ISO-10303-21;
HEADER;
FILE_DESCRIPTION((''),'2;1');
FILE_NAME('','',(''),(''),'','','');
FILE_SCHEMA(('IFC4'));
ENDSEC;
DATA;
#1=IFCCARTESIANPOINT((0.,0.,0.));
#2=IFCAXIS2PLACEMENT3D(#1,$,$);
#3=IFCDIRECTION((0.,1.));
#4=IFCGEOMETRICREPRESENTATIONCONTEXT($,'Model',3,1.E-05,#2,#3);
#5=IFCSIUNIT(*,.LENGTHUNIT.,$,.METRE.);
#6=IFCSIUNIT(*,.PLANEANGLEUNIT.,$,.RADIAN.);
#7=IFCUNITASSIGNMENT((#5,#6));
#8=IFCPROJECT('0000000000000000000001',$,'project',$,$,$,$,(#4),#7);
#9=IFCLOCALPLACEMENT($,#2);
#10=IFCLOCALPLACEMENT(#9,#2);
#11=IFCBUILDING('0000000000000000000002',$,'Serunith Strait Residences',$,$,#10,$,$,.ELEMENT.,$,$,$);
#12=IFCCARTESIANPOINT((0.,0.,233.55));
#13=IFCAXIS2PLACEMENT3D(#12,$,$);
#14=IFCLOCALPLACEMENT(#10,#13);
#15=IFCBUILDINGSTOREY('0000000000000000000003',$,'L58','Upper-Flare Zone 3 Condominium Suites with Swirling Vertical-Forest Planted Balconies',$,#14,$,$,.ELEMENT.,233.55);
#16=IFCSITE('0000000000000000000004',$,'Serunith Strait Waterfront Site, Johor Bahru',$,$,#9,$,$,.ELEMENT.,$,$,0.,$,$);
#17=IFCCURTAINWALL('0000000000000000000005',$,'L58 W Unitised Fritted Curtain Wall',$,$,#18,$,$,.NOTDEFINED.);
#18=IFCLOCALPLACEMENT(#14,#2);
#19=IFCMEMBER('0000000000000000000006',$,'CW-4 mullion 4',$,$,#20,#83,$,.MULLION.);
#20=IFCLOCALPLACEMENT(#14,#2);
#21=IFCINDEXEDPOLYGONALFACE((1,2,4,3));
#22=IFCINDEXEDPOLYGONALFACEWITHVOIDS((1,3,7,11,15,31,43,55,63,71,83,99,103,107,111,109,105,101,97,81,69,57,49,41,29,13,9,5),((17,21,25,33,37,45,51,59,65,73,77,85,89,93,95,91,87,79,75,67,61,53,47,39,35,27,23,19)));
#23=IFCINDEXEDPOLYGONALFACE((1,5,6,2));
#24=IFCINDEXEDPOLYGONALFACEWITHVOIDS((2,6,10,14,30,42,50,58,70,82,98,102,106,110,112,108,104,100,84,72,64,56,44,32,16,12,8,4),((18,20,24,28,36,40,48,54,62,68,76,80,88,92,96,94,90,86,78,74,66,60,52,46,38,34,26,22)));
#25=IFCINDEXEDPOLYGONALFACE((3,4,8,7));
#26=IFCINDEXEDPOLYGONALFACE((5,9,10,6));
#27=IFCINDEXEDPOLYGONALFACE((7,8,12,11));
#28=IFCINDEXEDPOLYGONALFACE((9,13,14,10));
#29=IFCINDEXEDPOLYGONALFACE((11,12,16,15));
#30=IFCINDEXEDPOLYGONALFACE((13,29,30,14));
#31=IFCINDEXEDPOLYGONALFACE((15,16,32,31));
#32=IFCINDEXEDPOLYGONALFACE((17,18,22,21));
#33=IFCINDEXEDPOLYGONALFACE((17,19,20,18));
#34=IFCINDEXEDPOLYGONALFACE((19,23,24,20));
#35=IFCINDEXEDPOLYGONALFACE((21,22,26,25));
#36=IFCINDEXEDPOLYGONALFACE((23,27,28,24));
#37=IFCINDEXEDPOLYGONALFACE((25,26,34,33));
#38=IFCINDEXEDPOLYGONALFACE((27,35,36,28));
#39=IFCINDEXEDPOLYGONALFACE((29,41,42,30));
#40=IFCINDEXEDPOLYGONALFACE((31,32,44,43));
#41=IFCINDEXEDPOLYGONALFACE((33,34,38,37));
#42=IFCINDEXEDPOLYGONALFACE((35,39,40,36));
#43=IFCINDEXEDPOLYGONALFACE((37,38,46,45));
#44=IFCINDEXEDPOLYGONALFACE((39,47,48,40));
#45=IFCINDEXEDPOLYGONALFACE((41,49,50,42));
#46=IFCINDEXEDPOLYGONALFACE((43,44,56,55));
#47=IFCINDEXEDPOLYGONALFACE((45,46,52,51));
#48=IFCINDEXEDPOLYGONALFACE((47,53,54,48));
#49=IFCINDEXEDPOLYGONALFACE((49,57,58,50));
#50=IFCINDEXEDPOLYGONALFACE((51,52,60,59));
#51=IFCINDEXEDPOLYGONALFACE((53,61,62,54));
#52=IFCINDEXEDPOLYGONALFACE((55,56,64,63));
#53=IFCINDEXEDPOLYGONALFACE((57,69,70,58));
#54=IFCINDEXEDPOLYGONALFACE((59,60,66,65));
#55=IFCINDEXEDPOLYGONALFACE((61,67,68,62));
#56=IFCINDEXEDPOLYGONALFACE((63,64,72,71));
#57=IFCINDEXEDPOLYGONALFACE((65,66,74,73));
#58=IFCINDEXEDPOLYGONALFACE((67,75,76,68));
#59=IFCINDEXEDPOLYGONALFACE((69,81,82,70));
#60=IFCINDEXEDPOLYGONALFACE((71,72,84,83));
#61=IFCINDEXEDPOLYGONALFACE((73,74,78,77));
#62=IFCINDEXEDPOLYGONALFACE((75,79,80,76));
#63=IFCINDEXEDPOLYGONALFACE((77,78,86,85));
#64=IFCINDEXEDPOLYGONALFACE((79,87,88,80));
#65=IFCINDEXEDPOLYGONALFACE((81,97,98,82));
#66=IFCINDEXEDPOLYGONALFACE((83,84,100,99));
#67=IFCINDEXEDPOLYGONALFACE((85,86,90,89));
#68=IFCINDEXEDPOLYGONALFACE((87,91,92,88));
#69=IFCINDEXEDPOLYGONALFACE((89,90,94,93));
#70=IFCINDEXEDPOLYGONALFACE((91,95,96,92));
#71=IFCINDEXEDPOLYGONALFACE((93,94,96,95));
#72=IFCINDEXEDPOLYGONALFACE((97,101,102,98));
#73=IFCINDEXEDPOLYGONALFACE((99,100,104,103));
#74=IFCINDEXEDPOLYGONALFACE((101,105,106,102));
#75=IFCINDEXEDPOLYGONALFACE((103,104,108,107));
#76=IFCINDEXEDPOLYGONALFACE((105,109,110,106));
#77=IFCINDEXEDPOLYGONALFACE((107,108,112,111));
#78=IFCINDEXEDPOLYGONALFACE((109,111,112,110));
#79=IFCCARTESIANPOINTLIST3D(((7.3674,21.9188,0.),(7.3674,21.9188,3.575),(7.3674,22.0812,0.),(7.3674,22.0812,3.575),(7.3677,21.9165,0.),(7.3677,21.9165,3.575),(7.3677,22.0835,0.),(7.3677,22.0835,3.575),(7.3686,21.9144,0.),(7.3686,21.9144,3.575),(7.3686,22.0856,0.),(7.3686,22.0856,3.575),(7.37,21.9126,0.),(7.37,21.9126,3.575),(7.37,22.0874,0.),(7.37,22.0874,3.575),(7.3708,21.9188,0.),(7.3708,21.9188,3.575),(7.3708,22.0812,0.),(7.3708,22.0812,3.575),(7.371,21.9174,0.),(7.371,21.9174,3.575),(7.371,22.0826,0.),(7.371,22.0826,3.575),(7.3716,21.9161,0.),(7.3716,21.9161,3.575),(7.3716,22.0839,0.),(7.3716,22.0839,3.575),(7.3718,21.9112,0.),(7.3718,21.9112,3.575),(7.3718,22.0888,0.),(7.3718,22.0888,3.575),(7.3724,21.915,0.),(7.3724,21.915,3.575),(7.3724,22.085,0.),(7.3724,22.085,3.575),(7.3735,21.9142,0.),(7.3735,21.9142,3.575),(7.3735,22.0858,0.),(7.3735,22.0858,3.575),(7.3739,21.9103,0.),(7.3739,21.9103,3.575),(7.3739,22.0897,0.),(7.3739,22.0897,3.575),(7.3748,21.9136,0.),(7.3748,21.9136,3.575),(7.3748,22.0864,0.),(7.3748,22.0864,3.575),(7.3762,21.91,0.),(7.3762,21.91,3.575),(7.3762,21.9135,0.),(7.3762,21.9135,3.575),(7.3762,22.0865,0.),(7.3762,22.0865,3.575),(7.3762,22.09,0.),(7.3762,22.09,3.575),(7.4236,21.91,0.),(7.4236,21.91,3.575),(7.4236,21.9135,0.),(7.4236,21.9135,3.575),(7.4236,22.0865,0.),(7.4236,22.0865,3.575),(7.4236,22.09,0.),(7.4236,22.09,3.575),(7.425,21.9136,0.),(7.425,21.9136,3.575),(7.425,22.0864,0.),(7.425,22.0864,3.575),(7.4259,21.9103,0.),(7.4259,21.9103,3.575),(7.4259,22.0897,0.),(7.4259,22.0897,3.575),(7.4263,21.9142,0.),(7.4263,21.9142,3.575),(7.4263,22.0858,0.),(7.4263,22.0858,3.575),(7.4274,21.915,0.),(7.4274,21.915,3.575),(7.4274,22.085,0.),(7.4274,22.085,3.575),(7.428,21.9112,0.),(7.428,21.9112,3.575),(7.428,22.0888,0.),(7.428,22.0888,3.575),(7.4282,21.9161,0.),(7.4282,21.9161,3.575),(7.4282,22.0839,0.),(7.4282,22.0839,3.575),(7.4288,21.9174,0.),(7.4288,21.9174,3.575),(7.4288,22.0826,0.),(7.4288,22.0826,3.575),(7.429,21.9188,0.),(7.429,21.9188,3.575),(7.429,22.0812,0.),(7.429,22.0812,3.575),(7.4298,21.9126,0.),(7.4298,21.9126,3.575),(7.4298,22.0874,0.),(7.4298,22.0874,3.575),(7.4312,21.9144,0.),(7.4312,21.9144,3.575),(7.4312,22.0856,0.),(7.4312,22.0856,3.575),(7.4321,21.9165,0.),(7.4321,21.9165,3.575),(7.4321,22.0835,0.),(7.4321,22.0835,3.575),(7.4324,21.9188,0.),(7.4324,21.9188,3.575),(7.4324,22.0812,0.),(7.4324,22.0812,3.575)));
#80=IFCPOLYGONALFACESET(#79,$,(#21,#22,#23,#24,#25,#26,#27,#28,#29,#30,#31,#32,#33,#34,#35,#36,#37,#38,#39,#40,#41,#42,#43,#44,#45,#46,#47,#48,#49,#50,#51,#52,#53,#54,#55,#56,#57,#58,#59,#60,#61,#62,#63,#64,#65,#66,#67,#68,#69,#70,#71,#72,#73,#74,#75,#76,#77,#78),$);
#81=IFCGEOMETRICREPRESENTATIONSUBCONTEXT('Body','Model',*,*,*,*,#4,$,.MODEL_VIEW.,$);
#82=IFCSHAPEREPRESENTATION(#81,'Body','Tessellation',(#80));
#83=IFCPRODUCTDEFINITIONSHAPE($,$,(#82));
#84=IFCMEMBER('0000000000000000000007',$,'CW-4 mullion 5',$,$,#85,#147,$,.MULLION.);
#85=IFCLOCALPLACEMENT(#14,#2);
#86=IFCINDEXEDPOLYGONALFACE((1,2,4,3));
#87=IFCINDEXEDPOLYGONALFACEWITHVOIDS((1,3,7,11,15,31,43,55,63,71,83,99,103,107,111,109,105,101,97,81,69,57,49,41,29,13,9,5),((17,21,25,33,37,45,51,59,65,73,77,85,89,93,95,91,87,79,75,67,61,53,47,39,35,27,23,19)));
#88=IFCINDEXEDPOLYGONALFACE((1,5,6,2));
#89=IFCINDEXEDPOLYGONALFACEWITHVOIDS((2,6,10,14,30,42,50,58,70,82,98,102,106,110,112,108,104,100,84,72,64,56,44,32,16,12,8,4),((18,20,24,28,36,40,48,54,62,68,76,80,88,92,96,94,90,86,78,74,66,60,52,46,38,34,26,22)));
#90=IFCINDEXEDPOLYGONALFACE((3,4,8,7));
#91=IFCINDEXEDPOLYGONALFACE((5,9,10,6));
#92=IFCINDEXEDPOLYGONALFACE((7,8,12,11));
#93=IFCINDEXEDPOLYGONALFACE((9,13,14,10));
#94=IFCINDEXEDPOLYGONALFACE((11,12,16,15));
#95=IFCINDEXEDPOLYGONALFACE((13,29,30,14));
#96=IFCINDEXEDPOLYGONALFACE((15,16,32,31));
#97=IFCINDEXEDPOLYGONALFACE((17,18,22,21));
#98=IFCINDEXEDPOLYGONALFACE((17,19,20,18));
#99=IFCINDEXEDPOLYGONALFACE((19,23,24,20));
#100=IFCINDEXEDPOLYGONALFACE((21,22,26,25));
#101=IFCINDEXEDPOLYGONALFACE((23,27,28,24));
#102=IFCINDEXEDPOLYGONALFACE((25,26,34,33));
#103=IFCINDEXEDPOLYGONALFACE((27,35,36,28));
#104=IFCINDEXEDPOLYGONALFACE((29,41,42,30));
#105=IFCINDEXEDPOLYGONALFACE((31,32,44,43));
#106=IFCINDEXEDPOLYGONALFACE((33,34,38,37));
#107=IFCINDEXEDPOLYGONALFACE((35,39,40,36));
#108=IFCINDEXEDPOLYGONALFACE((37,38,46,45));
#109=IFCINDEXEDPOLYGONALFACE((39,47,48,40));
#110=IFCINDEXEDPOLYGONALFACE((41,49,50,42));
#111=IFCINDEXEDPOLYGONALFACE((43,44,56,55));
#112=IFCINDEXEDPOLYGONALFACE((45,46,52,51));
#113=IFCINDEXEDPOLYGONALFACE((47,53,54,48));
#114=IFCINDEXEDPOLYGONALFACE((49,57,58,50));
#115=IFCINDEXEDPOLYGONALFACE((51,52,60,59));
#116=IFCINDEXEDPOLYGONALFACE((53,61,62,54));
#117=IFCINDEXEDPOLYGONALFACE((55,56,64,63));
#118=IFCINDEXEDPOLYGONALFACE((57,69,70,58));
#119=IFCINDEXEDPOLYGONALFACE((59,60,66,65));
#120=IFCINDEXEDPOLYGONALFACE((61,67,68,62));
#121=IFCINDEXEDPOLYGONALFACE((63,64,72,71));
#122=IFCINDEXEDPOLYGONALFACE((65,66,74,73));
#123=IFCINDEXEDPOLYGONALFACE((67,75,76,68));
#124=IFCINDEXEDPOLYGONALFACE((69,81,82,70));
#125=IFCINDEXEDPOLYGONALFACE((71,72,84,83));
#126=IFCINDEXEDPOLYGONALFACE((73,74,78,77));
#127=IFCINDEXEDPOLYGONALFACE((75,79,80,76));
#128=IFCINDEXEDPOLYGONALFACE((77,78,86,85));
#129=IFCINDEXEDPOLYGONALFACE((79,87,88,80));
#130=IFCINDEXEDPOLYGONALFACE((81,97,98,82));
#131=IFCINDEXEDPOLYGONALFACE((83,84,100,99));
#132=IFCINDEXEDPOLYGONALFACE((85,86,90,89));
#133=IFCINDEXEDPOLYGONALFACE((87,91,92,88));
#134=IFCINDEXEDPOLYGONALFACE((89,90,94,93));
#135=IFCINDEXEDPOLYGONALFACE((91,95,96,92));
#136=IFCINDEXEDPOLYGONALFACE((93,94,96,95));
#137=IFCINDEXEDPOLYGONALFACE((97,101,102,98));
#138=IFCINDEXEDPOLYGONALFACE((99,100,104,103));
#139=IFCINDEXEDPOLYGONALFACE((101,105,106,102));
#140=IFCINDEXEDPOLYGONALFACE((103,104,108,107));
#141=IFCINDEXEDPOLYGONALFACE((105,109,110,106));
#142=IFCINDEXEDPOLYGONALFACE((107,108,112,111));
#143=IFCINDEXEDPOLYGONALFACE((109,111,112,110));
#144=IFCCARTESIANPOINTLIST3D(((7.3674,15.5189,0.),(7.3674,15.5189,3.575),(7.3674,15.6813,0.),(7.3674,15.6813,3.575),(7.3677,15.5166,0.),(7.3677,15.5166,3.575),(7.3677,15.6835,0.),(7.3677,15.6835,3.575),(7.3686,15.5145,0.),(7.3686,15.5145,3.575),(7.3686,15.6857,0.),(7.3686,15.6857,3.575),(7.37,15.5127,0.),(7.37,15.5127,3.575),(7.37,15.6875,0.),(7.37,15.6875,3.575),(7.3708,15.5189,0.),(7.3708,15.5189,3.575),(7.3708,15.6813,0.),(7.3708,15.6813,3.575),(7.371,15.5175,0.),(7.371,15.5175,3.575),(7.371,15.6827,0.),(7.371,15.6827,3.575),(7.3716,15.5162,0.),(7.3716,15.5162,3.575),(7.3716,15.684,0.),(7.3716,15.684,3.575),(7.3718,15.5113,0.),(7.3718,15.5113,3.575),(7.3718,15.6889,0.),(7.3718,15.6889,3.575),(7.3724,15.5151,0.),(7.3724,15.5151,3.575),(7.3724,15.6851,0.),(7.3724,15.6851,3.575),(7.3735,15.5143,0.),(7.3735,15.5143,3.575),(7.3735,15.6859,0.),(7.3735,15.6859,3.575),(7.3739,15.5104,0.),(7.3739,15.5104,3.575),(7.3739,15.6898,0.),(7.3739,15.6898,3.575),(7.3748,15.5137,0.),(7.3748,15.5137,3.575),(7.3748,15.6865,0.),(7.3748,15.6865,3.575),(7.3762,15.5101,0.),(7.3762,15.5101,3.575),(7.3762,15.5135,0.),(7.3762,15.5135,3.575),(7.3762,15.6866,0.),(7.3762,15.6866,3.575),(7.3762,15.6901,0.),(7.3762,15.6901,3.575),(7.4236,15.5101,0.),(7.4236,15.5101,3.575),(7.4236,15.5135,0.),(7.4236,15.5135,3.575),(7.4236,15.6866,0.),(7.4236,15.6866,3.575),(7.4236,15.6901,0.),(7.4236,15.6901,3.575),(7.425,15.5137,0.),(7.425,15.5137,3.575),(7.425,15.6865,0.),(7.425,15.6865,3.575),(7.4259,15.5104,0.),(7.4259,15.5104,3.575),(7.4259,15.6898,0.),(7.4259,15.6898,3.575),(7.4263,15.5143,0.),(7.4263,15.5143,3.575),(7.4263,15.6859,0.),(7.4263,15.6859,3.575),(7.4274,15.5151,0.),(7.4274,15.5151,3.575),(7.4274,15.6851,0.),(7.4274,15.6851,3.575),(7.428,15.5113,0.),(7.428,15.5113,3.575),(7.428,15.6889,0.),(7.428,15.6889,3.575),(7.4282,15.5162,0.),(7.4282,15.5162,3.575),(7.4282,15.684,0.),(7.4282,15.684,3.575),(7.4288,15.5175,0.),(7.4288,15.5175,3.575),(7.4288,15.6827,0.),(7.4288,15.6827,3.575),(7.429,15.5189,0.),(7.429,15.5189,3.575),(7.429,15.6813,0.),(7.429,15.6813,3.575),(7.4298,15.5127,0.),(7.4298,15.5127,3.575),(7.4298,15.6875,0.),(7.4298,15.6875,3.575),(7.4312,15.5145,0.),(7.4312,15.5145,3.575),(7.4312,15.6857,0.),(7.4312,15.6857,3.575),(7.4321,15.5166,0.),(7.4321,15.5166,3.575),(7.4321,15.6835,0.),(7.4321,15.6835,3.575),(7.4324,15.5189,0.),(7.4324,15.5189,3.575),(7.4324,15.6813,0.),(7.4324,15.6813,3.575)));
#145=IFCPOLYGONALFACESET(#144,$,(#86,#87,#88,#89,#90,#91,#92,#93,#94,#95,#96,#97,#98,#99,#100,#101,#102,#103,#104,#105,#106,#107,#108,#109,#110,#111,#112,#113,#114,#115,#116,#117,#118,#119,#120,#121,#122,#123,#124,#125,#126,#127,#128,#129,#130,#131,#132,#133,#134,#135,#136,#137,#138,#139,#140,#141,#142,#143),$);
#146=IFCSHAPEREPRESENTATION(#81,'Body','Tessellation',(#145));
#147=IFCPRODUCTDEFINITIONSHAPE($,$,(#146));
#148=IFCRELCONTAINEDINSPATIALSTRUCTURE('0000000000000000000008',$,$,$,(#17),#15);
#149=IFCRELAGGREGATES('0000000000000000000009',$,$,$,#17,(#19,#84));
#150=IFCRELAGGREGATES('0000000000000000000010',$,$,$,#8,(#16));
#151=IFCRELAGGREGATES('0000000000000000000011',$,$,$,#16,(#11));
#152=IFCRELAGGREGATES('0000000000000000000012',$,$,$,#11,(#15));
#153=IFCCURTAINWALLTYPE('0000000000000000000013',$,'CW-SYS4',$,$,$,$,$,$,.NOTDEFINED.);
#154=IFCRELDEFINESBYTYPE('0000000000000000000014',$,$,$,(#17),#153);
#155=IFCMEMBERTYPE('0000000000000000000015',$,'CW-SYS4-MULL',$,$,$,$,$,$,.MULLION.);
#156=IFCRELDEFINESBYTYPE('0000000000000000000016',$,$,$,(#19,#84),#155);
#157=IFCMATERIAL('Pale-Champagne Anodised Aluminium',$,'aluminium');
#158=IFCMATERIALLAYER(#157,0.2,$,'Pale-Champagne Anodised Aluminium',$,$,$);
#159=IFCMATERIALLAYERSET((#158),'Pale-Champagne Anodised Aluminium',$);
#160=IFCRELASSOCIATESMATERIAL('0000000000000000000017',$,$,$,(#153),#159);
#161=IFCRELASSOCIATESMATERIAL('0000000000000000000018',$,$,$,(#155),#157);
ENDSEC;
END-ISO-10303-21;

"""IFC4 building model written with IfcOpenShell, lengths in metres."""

from ifc_helpers import new_model, si_unit, direction, frame, origin, origin_2d, place, context, subcontext, project, spatial, hollow_rectangle, extrude, source, transform, mapped, material, layer, layer_set, material_profile, profile_set, type_object, element, aggregate, save


model = new_model("IFC4")

# Units and contexts
model_context = context("Model", 3, precision=1e-05, world=origin(), true_north=direction((0.0, 1.0)))
body_context = subcontext(model_context, "Body", "Model", "MODEL_VIEW")
ifc_project = project(units=[si_unit("LENGTHUNIT", "METRE"), si_unit("PLANEANGLEUNIT", "RADIAN")], contexts=[model_context])

# Site, building, storey
site_placement = place(None, origin())
site = spatial("IfcSite", under=ifc_project, at=site_placement, Name="Serunith Strait Waterfront Site, Johor Bahru", CompositionType="ELEMENT", RefElevation=0.0)
building_placement = place(site_placement, origin())
building = spatial("IfcBuilding", under=site, at=building_placement, Name="Serunith Strait Residences", CompositionType="ELEMENT")
storey_placement = place(building_placement, frame((0.0, 0.0, 233.55)))
storey = spatial("IfcBuildingStorey", under=building, at=storey_placement, Name="L58", Description="Upper-Flare Zone 3 Condominium Suites with Swirling Vertical-Forest Planted Balconies", CompositionType="ELEMENT", Elevation=233.55)

# Curtain wall, members
ifc_material_1 = material(Name="Pale-Champagne Anodised Aluminium", Category="aluminium")
ifc_layer_1 = layer(ifc_material_1, 0.2, Name="Pale-Champagne Anodised Aluminium")
ifc_layer_set_1 = layer_set([ifc_layer_1], Name="Pale-Champagne Anodised Aluminium")
curtain_wall_type = type_object("IfcCurtainWallType", Name="CW-SYS4", PredefinedType="NOTDEFINED", material=ifc_layer_set_1)
curtain_wall_placement = place(storey_placement, origin())
curtain_wall = element("IfcCurtainWall", 1, at=curtain_wall_placement, inside=storey, type_object=curtain_wall_type, Name="L58 W Unitised Fritted Curtain Wall", PredefinedType="NOTDEFINED")
ifc_material_profile_1 = material_profile(ifc_material_1, hollow_rectangle(XDim=0.0649, YDim=0.1799, WallThickness=0.0034, InnerFilletRadius=0.0054, OuterFilletRadius=0.0088, at=origin_2d()), Name="ALU 180x65x3.5")
ifc_profile_set_1 = profile_set([ifc_material_profile_1], Name="Pale-Champagne Anodised Aluminium")
member_type_1 = type_object("IfcMemberType", Name="CW-SYS4-MULL", PredefinedType="MULLION", material=ifc_profile_set_1)
shared_shape_1 = source(origin(), body_context, "Body", "SweptSolid", [
    extrude(hollow_rectangle(XDim=0.0649, YDim=0.1799, WallThickness=0.0034, InnerFilletRadius=0.0054, OuterFilletRadius=0.0088, at=origin_2d()), origin(), (0.0, 0.0, 1.0), 3.575),
])
member_1_placement = place(storey_placement, frame((7.3999, 22.0, 0.0), z_axis=(0.0, 0.0, 1.0), x_axis=(1.0, 0.0, 0.0)))
member_1 = element("IfcMember", 2, at=member_1_placement, type_object=member_type_1, Name="CW-4 mullion 4", PredefinedType="MULLION", context=body_context, shape_type="MappedRepresentation", body=[
    mapped(shared_shape_1, transform((0.0, 0.0, 0.0), scale=1.0)),
])
member_2_placement = place(storey_placement, frame((7.3999, 15.6001, 0.0), z_axis=(0.0, 0.0, 1.0), x_axis=(1.0, 0.0, 0.0)))
member_2 = element("IfcMember", 3, at=member_2_placement, type_object=member_type_1, Name="CW-4 mullion 5", PredefinedType="MULLION", context=body_context, shape_type="MappedRepresentation", body=[
    mapped(shared_shape_1, transform((0.0, 0.0, 0.0), scale=1.0)),
])
aggregate(curtain_wall, [member_1, member_2])

save(model, "model.ifc")
